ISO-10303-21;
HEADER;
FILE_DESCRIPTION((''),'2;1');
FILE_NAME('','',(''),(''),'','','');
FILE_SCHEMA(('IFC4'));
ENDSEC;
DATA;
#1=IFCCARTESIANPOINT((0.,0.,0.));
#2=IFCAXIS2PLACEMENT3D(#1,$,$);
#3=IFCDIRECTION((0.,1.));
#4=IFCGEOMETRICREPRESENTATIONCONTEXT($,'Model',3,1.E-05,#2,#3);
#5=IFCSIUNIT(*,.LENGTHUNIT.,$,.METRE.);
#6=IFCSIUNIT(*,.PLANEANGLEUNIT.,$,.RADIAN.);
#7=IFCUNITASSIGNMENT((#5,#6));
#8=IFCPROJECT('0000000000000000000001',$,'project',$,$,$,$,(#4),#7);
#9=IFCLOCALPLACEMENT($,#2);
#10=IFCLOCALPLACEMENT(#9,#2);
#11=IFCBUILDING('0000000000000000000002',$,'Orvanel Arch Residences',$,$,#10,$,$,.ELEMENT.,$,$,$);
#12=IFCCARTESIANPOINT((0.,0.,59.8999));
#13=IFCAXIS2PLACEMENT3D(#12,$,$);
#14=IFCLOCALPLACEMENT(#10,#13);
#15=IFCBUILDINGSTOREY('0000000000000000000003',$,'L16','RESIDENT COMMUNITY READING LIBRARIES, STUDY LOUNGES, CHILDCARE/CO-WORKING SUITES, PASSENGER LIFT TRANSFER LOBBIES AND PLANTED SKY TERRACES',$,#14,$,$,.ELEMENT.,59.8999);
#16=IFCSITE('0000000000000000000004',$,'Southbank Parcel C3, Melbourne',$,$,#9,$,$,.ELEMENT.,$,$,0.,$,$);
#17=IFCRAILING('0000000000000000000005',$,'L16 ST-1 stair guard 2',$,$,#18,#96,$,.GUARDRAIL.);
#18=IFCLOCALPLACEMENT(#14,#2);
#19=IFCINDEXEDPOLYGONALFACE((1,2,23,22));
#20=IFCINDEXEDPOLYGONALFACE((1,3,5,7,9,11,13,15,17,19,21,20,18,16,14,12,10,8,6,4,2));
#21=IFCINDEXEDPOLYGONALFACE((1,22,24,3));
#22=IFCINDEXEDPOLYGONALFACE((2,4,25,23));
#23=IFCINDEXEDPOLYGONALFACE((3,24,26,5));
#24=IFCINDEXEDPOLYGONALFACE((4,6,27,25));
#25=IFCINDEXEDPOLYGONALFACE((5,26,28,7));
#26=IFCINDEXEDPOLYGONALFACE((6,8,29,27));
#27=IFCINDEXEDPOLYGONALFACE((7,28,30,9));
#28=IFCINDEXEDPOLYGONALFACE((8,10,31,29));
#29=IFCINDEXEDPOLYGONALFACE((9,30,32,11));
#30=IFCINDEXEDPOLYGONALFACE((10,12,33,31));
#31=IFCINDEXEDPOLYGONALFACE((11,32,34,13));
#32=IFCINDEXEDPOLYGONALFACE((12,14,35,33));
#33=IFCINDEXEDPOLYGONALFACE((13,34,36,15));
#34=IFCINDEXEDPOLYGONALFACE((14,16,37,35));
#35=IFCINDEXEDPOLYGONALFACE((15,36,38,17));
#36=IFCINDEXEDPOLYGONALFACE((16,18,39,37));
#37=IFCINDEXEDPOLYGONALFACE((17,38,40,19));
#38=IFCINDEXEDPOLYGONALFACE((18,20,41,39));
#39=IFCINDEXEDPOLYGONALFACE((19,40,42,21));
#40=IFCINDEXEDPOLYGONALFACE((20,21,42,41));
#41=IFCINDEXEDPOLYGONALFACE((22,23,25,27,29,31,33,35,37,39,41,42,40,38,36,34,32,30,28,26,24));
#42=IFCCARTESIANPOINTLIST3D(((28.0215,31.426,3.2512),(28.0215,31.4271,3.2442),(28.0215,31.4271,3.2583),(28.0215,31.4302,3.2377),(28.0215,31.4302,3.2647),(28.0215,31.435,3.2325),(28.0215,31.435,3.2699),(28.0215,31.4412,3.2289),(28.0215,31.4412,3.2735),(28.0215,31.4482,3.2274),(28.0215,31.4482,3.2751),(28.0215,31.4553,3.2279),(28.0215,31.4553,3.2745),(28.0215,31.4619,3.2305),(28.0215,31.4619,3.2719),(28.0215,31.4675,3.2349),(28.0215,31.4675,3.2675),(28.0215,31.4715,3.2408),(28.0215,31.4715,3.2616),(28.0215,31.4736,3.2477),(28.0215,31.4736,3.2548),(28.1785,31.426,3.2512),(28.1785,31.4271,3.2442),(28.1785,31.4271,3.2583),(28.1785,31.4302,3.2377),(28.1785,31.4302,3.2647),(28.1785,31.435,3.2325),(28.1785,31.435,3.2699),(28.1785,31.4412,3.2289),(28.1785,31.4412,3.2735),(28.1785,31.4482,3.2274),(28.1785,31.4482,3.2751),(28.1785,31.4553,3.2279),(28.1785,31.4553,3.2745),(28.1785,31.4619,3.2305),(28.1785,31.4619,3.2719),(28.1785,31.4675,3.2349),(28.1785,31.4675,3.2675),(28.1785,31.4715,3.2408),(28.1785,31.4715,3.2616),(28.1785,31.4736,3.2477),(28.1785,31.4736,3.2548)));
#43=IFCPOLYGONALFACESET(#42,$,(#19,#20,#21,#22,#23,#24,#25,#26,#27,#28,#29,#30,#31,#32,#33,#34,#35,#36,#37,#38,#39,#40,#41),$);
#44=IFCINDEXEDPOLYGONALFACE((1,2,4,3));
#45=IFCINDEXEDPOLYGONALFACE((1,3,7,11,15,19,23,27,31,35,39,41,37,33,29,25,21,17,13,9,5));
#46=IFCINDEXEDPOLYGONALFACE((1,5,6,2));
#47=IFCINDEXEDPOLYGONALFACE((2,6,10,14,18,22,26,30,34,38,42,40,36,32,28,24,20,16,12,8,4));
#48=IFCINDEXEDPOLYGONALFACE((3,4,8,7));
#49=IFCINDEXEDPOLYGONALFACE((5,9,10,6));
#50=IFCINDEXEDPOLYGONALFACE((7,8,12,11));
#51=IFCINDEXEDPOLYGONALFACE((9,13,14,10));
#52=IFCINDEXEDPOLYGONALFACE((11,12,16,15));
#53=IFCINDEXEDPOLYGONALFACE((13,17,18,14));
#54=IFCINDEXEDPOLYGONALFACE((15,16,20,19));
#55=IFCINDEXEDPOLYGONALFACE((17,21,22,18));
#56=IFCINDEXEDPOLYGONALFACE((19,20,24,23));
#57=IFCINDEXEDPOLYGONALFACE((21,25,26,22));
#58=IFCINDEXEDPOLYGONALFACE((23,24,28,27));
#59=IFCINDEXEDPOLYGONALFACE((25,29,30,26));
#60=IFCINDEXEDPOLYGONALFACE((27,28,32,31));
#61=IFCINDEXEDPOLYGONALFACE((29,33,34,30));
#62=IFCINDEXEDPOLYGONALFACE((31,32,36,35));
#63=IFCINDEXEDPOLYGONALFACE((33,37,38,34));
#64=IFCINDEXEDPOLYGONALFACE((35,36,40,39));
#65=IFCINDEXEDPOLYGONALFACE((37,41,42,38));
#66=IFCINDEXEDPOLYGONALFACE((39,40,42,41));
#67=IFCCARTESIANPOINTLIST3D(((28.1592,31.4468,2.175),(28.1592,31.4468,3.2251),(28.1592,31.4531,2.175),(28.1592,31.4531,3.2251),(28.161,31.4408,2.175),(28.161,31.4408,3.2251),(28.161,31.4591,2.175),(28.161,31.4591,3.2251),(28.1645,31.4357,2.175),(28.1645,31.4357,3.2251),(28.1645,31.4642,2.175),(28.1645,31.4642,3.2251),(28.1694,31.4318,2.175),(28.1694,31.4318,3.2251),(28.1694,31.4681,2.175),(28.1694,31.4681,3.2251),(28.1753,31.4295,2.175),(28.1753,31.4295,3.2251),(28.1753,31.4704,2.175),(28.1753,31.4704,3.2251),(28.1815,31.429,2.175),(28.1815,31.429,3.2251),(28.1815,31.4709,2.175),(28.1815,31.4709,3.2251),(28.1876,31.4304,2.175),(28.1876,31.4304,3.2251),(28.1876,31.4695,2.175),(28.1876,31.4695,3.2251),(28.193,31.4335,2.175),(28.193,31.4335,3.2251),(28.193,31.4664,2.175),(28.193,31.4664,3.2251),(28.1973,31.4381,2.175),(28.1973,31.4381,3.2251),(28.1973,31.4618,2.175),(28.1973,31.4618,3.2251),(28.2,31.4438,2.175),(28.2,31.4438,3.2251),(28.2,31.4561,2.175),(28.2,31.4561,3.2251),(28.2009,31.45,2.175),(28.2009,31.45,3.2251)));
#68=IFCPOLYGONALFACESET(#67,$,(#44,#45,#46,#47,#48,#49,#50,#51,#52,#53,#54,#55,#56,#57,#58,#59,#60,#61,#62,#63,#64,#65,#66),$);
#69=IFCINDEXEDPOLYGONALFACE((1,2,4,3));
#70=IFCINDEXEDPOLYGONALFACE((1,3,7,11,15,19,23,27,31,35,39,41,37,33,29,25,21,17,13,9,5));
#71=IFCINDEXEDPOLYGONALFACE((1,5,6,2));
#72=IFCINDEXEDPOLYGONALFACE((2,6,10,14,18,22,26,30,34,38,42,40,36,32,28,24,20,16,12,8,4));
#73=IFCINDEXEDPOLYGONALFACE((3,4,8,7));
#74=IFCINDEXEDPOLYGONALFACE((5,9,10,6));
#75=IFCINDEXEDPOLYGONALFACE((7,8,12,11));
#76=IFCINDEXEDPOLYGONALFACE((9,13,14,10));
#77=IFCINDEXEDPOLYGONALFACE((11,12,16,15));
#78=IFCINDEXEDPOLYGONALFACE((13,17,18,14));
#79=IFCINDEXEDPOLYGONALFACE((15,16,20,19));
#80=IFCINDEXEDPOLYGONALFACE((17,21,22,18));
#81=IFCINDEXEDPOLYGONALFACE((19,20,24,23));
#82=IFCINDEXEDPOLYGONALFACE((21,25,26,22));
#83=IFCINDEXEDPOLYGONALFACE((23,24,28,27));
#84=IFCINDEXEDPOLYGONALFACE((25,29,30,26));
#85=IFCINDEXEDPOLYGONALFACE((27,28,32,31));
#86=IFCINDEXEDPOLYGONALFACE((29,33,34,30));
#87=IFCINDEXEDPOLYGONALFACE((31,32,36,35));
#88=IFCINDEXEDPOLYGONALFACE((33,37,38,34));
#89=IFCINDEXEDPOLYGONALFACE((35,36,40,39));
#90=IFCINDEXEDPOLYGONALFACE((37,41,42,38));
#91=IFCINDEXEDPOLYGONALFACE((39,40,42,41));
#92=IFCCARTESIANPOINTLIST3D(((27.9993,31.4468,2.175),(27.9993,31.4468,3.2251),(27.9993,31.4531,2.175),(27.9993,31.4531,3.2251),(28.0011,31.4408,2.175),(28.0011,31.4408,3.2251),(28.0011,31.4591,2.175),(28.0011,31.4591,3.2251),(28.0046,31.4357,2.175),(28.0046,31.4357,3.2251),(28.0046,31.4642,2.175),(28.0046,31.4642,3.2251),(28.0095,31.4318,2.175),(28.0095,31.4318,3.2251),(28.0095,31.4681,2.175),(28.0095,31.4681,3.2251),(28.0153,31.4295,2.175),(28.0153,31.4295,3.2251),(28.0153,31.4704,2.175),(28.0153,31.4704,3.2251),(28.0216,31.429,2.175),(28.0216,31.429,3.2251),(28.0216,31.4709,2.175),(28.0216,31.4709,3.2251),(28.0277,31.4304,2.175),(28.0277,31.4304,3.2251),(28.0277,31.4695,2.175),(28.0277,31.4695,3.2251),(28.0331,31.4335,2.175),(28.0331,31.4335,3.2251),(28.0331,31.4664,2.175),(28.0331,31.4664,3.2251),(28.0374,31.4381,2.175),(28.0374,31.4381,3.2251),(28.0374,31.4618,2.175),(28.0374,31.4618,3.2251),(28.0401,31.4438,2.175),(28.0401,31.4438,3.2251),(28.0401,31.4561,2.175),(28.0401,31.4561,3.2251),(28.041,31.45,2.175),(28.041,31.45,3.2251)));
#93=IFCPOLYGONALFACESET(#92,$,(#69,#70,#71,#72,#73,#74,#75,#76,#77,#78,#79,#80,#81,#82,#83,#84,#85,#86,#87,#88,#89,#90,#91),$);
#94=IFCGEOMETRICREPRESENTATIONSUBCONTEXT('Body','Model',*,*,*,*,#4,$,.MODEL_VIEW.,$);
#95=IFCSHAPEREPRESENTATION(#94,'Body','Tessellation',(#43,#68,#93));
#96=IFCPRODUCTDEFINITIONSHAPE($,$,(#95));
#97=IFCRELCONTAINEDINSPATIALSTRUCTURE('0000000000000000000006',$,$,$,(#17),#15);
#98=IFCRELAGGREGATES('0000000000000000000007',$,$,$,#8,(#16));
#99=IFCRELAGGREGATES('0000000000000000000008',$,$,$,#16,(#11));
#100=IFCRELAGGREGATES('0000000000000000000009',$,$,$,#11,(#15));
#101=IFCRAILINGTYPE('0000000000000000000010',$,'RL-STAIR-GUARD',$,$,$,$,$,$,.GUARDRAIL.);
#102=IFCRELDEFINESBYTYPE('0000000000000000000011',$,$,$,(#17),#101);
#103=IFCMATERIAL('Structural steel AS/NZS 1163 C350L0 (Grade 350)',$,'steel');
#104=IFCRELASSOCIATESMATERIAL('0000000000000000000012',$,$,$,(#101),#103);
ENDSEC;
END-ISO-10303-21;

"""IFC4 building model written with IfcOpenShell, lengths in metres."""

from ifc_helpers import new_model, si_unit, direction, frame, origin, origin_2d, place, context, subcontext, project, spatial, circle, extrude, material, type_object, element, save


model = new_model("IFC4")

# Units and contexts
model_context = context("Model", 3, precision=1e-05, world=origin(), true_north=direction((0.0, 1.0)))
body_context = subcontext(model_context, "Body", "Model", "MODEL_VIEW")
ifc_project = project(units=[si_unit("LENGTHUNIT", "METRE"), si_unit("PLANEANGLEUNIT", "RADIAN")], contexts=[model_context])

# Site, building, storey
site_placement = place(None, origin())
site = spatial("IfcSite", under=ifc_project, at=site_placement, Name="Southbank Parcel C3, Melbourne", CompositionType="ELEMENT", RefElevation=0.0)
building_placement = place(site_placement, origin())
building = spatial("IfcBuilding", under=site, at=building_placement, Name="Orvanel Arch Residences", CompositionType="ELEMENT")
storey_placement = place(building_placement, frame((0.0, 0.0, 59.8999)))
storey = spatial("IfcBuildingStorey", under=building, at=storey_placement, Name="L16", Description="RESIDENT COMMUNITY READING LIBRARIES, STUDY LOUNGES, CHILDCARE/CO-WORKING SUITES, PASSENGER LIFT TRANSFER LOBBIES AND PLANTED SKY TERRACES", CompositionType="ELEMENT", Elevation=59.8999)

# Railing
ifc_material_1 = material(Name="Structural steel AS/NZS 1163 C350L0 (Grade 350)", Category="steel")
railing_type_1 = type_object("IfcRailingType", Name="RL-STAIR-GUARD", PredefinedType="GUARDRAIL", material=ifc_material_1)
railing_1_placement = place(storey_placement, frame((28.1799, 31.45, 2.175)))
element("IfcRailing", 1, at=railing_1_placement, inside=storey, type_object=railing_type_1, Name="L16 ST-1 stair guard 2", PredefinedType="GUARDRAIL", context=body_context, shape_type="SweptSolid", body=[
    extrude(circle(Radius=0.0239, at=origin_2d()), frame((-0.0015, 0.0, 1.0762), z_axis=(-1.0, 0.0, 0.0), x_axis=(0.0, -1.0, 0.0)), (0.0, 0.0, 1.0), 0.157),
    extrude(circle(Radius=0.021, at=origin_2d()), origin(), (0.0, 0.0, 1.0), 1.05),
    extrude(circle(Radius=0.021, at=origin_2d()), frame((-0.1599, 0.0, 0.0)), (0.0, 0.0, 1.0), 1.05),
])

save(model, "model.ifc")
